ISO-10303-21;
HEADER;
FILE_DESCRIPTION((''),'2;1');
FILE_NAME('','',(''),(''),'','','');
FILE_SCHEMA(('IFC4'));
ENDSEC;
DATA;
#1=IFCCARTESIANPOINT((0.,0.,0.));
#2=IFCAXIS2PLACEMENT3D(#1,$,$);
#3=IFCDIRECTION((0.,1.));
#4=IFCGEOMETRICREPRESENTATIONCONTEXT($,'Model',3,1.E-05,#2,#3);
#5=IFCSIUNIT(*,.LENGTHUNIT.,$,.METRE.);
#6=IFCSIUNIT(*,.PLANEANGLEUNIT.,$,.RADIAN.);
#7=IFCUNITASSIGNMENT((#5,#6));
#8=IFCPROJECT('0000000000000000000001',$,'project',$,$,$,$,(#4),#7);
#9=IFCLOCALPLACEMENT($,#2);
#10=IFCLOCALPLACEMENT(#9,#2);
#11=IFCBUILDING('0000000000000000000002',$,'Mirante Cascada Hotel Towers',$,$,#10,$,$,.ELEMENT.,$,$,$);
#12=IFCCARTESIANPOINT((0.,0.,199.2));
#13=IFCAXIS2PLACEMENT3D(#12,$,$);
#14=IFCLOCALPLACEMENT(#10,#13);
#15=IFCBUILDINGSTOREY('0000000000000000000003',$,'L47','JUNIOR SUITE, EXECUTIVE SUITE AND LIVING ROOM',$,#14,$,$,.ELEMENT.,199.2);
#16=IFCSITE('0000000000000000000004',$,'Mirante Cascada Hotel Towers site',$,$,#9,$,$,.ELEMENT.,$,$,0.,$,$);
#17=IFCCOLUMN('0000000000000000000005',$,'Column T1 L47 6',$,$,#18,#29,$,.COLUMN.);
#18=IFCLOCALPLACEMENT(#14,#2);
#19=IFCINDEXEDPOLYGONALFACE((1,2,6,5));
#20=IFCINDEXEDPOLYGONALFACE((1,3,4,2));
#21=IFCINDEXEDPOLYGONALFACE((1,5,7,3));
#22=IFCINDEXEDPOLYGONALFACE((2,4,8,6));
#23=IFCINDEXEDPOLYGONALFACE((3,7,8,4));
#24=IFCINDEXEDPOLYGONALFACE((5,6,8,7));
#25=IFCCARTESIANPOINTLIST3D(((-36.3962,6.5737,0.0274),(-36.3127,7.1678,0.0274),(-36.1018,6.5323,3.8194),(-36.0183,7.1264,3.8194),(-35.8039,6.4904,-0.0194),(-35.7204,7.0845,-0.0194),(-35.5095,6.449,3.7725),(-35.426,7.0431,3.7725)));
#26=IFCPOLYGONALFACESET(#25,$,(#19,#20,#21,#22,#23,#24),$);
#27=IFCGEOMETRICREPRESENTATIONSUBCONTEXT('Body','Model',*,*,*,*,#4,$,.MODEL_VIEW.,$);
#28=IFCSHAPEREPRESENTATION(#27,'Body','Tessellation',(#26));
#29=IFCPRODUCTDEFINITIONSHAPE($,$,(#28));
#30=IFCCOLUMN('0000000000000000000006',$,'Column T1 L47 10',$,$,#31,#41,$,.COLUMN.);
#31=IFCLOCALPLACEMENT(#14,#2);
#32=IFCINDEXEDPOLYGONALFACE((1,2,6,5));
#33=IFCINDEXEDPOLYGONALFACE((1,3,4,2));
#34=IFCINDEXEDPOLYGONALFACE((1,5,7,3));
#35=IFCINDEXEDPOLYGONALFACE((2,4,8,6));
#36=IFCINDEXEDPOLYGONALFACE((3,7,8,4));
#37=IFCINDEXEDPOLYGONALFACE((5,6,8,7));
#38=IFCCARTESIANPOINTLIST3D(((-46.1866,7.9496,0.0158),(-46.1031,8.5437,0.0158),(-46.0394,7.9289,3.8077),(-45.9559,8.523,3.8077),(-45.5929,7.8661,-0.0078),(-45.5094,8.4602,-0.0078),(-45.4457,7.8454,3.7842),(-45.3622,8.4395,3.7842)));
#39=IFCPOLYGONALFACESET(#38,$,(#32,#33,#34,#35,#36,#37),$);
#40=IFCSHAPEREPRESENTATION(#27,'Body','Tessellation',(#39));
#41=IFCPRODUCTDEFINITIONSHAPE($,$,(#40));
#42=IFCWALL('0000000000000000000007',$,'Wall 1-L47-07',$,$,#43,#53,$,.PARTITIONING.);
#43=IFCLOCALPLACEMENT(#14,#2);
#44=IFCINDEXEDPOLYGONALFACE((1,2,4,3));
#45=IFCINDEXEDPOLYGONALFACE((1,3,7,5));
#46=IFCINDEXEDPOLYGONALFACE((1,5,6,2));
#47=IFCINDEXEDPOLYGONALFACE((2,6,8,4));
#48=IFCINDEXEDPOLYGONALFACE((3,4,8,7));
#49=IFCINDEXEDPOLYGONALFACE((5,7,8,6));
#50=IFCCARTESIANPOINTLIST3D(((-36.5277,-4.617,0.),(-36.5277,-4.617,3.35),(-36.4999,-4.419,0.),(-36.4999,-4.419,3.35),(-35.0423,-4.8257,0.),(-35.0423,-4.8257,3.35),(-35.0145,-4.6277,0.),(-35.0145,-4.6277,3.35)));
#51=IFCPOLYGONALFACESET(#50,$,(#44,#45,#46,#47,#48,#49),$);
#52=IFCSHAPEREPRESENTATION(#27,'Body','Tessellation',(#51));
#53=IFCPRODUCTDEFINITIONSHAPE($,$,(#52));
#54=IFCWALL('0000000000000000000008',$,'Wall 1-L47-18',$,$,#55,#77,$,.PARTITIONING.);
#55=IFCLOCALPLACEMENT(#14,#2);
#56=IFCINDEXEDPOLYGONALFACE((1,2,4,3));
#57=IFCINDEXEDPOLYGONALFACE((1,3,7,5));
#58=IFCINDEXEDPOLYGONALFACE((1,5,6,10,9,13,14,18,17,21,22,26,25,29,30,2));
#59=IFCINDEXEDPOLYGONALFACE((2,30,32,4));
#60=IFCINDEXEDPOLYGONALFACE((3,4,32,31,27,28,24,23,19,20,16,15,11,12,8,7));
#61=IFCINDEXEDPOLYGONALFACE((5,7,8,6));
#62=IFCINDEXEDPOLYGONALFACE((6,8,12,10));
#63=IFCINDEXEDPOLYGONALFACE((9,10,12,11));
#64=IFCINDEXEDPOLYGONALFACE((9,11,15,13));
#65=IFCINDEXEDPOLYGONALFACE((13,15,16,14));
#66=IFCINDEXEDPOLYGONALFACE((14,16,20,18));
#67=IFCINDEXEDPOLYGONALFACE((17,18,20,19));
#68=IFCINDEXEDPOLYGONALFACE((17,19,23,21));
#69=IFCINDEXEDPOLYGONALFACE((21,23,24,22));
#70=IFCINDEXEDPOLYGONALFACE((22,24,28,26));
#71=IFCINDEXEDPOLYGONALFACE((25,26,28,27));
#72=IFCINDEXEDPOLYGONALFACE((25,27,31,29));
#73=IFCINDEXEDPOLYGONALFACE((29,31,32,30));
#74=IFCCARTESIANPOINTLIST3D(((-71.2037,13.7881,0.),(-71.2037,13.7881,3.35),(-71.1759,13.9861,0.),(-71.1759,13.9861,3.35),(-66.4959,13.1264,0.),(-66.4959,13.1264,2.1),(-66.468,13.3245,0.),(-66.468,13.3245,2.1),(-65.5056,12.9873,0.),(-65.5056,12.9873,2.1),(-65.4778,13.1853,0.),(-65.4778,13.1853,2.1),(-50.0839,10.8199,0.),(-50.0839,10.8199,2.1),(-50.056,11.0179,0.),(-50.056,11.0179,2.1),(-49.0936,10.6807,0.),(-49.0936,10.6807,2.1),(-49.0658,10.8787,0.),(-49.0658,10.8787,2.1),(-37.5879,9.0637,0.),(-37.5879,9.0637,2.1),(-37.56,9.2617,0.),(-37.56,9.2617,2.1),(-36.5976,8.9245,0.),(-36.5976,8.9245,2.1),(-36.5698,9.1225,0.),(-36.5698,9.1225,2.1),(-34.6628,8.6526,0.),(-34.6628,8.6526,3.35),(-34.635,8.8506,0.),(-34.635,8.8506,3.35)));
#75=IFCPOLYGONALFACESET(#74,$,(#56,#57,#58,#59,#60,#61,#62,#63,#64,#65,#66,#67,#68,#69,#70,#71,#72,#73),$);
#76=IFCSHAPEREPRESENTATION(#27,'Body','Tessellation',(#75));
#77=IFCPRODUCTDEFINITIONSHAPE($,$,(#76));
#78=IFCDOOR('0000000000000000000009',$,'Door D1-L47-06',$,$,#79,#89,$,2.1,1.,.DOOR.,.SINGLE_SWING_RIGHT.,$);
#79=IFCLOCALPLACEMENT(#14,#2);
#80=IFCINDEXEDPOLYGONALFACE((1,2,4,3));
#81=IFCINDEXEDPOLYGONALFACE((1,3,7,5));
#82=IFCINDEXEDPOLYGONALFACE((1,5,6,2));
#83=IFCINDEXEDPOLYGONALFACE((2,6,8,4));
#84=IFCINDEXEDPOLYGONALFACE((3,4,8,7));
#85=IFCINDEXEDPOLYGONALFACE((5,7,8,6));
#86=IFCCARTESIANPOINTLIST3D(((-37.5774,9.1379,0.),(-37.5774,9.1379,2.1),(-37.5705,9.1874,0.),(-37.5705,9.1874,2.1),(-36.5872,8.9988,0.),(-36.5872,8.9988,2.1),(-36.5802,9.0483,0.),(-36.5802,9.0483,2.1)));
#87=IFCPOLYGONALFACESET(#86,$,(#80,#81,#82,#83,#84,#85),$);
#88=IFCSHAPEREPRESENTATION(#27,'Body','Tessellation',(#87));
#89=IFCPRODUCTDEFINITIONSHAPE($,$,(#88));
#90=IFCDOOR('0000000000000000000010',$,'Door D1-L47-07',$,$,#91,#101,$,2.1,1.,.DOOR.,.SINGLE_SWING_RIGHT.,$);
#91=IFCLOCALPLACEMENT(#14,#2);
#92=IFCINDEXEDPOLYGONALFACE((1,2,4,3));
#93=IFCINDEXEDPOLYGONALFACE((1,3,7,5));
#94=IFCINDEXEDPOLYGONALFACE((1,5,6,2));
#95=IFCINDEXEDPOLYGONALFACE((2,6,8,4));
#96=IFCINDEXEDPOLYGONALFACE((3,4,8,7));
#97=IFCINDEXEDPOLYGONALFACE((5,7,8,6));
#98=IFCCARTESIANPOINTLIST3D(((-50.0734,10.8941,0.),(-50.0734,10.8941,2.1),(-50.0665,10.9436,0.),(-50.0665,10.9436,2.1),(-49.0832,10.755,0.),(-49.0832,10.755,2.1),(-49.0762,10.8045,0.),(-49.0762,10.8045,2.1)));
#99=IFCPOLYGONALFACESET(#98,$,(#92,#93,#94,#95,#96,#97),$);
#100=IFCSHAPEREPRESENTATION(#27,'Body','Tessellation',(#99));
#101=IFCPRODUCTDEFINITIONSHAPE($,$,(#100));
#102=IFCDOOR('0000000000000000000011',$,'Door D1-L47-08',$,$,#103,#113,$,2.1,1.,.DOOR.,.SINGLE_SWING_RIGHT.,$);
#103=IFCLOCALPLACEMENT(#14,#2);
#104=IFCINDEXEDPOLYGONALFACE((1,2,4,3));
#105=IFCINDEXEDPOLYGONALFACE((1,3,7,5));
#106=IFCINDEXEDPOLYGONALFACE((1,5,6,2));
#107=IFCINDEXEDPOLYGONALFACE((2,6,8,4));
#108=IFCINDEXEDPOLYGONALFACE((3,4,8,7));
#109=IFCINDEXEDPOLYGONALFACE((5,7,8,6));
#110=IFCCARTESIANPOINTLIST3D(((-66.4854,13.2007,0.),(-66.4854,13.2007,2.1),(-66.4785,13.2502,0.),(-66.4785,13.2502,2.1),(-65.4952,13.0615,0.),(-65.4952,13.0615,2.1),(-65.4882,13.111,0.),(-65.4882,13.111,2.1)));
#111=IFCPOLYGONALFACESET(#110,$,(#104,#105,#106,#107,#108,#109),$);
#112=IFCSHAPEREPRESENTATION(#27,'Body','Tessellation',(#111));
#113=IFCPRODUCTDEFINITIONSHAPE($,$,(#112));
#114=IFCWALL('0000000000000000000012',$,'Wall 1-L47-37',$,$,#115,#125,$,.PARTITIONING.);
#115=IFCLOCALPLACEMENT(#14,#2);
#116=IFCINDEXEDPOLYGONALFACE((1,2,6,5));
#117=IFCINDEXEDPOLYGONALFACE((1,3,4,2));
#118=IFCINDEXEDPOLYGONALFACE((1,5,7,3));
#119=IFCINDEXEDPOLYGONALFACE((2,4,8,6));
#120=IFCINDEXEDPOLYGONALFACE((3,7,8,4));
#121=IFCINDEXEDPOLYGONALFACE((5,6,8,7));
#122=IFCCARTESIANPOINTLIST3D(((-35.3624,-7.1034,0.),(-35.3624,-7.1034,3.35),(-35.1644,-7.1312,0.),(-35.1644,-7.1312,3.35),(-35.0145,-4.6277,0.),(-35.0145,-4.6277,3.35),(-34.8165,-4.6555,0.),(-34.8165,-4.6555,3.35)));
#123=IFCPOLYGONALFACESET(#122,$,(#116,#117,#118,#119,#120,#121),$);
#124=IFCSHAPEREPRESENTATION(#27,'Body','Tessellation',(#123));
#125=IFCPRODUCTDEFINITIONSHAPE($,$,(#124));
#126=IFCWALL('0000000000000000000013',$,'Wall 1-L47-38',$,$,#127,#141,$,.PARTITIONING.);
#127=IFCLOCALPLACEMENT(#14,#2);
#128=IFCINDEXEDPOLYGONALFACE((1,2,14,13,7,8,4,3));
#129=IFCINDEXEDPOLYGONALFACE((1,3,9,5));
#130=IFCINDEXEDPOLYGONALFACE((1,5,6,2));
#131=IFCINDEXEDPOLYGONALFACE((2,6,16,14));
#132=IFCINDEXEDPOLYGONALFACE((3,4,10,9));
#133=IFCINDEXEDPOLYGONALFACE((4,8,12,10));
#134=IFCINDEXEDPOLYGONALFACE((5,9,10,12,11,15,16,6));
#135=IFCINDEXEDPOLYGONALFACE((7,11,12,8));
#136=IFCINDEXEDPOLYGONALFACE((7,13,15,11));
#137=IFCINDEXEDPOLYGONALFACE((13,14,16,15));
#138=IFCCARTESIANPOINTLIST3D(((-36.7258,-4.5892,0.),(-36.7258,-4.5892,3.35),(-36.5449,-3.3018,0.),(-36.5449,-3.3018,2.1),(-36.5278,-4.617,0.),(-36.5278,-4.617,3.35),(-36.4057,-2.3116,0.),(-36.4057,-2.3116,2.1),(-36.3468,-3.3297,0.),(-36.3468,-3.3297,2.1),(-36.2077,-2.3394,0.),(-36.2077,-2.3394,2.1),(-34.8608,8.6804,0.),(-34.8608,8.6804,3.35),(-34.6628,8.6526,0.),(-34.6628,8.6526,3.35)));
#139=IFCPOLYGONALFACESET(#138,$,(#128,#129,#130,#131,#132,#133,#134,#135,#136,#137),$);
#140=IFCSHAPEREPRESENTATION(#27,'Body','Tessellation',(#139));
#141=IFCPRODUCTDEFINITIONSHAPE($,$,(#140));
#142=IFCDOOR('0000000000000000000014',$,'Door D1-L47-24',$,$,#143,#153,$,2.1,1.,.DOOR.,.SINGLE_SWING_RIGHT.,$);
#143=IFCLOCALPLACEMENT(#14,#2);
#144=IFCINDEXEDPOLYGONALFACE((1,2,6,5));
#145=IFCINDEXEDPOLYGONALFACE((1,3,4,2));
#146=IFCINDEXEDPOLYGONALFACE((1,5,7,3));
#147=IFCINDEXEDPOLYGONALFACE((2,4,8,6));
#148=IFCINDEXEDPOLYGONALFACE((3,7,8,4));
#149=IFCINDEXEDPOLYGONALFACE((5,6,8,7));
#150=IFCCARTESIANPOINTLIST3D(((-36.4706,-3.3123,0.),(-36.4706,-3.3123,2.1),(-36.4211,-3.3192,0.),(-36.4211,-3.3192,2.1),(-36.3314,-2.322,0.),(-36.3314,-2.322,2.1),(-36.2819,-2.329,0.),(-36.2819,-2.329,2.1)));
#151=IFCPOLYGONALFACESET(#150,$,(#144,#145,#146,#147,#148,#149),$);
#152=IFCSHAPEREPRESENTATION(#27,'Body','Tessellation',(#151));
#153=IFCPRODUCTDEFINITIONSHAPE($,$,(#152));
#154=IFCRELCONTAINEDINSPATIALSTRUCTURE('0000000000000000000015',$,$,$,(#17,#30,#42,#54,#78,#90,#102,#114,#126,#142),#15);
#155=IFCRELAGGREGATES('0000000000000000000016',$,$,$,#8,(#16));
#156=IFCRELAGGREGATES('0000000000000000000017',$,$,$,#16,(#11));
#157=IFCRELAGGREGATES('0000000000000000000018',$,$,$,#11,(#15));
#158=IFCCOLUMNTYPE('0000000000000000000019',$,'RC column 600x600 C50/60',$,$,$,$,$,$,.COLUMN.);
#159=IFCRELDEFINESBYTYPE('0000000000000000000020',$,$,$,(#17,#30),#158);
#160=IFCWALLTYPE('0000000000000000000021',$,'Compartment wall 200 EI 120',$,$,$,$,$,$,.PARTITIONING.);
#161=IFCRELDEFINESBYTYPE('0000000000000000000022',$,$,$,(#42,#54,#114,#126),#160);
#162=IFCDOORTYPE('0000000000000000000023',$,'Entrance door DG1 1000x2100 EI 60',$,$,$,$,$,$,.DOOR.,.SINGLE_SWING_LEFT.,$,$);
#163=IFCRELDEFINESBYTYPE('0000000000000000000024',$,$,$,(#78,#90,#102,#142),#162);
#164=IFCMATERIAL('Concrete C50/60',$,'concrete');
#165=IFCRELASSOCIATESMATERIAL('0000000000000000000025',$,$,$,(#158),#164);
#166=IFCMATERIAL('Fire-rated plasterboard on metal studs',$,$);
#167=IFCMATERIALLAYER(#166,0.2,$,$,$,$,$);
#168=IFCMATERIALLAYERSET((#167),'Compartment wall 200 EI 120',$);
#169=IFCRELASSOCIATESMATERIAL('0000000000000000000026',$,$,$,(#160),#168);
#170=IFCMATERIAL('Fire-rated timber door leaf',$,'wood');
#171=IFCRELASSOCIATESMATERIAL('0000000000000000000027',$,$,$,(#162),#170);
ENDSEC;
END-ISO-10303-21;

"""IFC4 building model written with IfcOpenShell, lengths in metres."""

from ifc_helpers import new_model, si_unit, direction, frame, frame_2d, origin, origin_2d, place, context, subcontext, project, spatial, rectangle, extrude, material, layer, layer_set, material_profile, profile_set, type_object, element, fill, save


model = new_model("IFC4")

# Units and contexts
model_context = context("Model", 3, precision=1e-05, world=origin(), true_north=direction((0.0, 1.0)))
body_context = subcontext(model_context, "Body", "Model", "MODEL_VIEW")
ifc_project = project(units=[si_unit("LENGTHUNIT", "METRE"), si_unit("PLANEANGLEUNIT", "RADIAN")], contexts=[model_context])

# Site, building, storey
site_placement = place(None, origin())
site = spatial("IfcSite", under=ifc_project, at=site_placement, Name="Mirante Cascada Hotel Towers site", CompositionType="ELEMENT", RefElevation=0.0)
building_placement = place(site_placement, origin())
building = spatial("IfcBuilding", under=site, at=building_placement, Name="Mirante Cascada Hotel Towers", CompositionType="ELEMENT")
storey_placement = place(building_placement, frame((0.0, 0.0, 199.2)))
storey = spatial("IfcBuildingStorey", under=building, at=storey_placement, Name="L47", Description="JUNIOR SUITE, EXECUTIVE SUITE AND LIVING ROOM", CompositionType="ELEMENT", Elevation=199.2)

# Columns
ifc_material_1 = material(Name="Concrete C50/60", Category="concrete")
ifc_material_profile = material_profile(ifc_material_1, rectangle(XDim=0.6, YDim=0.6, at=origin_2d()), Name="RC column 600x600 C50/60")
ifc_profile_set = profile_set([ifc_material_profile], Name="Concrete C50/60")
column_type = type_object("IfcColumnType", Name="RC column 600x600 C50/60", PredefinedType="COLUMN", material=ifc_profile_set)
column_1_placement = place(storey_placement, frame((-36.0583, 6.8291, 0.004), z_axis=(0.0774, -0.010884, 0.996941), x_axis=(0.139255, 0.990257, 0.0)))
element("IfcColumn", 1, at=column_1_placement, inside=storey, type_object=column_type, Name="Column T1 L47 6", PredefinedType="COLUMN", context=body_context, shape_type="SweptSolid", body=[
    extrude(rectangle(XDim=0.6, YDim=0.6, at=origin_2d()), origin(), (0.0, 0.0, 1.0), 3.8036),
])
column_2_placement = place(storey_placement, frame((-45.848, 8.2049, 0.004), z_axis=(0.038789, -0.005455, 0.999232), x_axis=(0.139255, 0.990257, 0.0)))
element("IfcColumn", 2, at=column_2_placement, inside=storey, type_object=column_type, Name="Column T1 L47 10", PredefinedType="COLUMN", context=body_context, shape_type="SweptSolid", body=[
    extrude(rectangle(XDim=0.6, YDim=0.6, at=origin_2d()), origin(), (0.0, 0.0, 1.0), 3.7949),
])

# Wall
ifc_material_2 = material(Name="Fire-rated plasterboard on metal studs")
ifc_layer_1 = layer(ifc_material_2, 0.2)
ifc_layer_set_1 = layer_set([ifc_layer_1], Name="Compartment wall 200 EI 120")
wall_type_1 = type_object("IfcWallType", Name="Compartment wall 200 EI 120", PredefinedType="PARTITIONING", material=ifc_layer_set_1)
wall_1_placement = place(storey_placement, frame((-36.5138, -4.518, 0.0), z_axis=(0.0, 0.0, 1.0), x_axis=(0.990274, -0.139134, 0.0)))
element("IfcWall", 3, at=wall_1_placement, inside=storey, type_object=wall_type_1, Name="Wall 1-L47-07", PredefinedType="PARTITIONING", context=body_context, shape_type="SweptSolid", body=[
    extrude(rectangle(XDim=1.5, YDim=0.2, at=frame_2d((0.75, 0.0))), origin(), (0.0, 0.0, 1.0), 3.35),
])

# Wall, openings, doors
wall_2_placement = place(storey_placement, frame((-34.6489, 8.7516, 0.0), z_axis=(0.0, 0.0, 1.0), x_axis=(-0.990268, 0.139173, 0.0)))
wall_2 = element("IfcWall", 4, at=wall_2_placement, inside=storey, type_object=wall_type_1, Name="Wall 1-L47-18", PredefinedType="PARTITIONING", context=body_context, shape_type="SweptSolid", body=[
    extrude(rectangle(XDim=36.9, YDim=0.2, at=frame_2d((18.45, 0.0))), origin(), (0.0, 0.0, 1.0), 3.35),
])
opening_1_placement = place(wall_2_placement, frame((1.9538, 0.0, 0.0)))
opening_1 = element("IfcOpeningElement", 5, at=opening_1_placement, cuts=wall_2, PredefinedType="OPENING", context=body_context, shape_type="SweptSolid", body=[
    extrude(rectangle(XDim=1.0, YDim=2.1, at=frame_2d((0.5, 1.05))), frame((0.0, 0.1, 0.0), z_axis=(0.0, -1.0, 0.0), x_axis=(1.0, 0.0, 0.0)), (0.0, 0.0, 1.0), 0.2),
])
opening_2_placement = place(wall_2_placement, frame((14.5726, 0.0, 0.0)))
opening_2 = element("IfcOpeningElement", 6, at=opening_2_placement, cuts=wall_2, PredefinedType="OPENING", context=body_context, shape_type="SweptSolid", body=[
    extrude(rectangle(XDim=1.0, YDim=2.1, at=frame_2d((0.5, 1.05))), frame((0.0, 0.1, 0.0), z_axis=(0.0, -1.0, 0.0), x_axis=(1.0, 0.0, 0.0)), (0.0, 0.0, 1.0), 0.2),
])
opening_3_placement = place(wall_2_placement, frame((31.1459, 0.0, 0.0)))
opening_3 = element("IfcOpeningElement", 7, at=opening_3_placement, cuts=wall_2, PredefinedType="OPENING", context=body_context, shape_type="SweptSolid", body=[
    extrude(rectangle(XDim=1.0, YDim=2.1, at=frame_2d((0.5, 1.05))), frame((0.0, 0.1, 0.0), z_axis=(0.0, -1.0, 0.0), x_axis=(1.0, 0.0, 0.0)), (0.0, 0.0, 1.0), 0.2),
])
ifc_material_3 = material(Name="Fire-rated timber door leaf", Category="wood")
door_type_1 = type_object("IfcDoorType", Name="Entrance door DG1 1000x2100 EI 60", OperationType="SINGLE_SWING_LEFT", PredefinedType="DOOR", material=ifc_material_3)
door_1_placement = place(opening_1_placement, frame((1.0, 0.0, 0.0), z_axis=(0.0, 0.0, 1.0), x_axis=(-1.0, 0.0, 0.0)))
door_1 = element("IfcDoor", 8, at=door_1_placement, inside=storey, type_object=door_type_1, Name="Door D1-L47-06", OperationType="SINGLE_SWING_RIGHT", OverallHeight=2.1, OverallWidth=1.0, PredefinedType="DOOR", context=body_context, shape_type="SweptSolid", body=[
    extrude(rectangle(XDim=1.0, YDim=2.1, at=frame_2d((0.5, 1.05))), frame((0.0, 0.025, 0.0), z_axis=(0.0, -1.0, 0.0), x_axis=(1.0, 0.0, 0.0)), (0.0, 0.0, 1.0), 0.05),
])
fill(opening_1, door_1)
door_2_placement = place(opening_2_placement, frame((1.0, 0.0, 0.0), z_axis=(0.0, 0.0, 1.0), x_axis=(-1.0, 0.0, 0.0)))
door_2 = element("IfcDoor", 9, at=door_2_placement, inside=storey, type_object=door_type_1, Name="Door D1-L47-07", OperationType="SINGLE_SWING_RIGHT", OverallHeight=2.1, OverallWidth=1.0, PredefinedType="DOOR", context=body_context, shape_type="SweptSolid", body=[
    extrude(rectangle(XDim=1.0, YDim=2.1, at=frame_2d((0.5, 1.05))), frame((0.0, 0.025, 0.0), z_axis=(0.0, -1.0, 0.0), x_axis=(1.0, 0.0, 0.0)), (0.0, 0.0, 1.0), 0.05),
])
fill(opening_2, door_2)
door_3_placement = place(opening_3_placement, frame((1.0, 0.0, 0.0), z_axis=(0.0, 0.0, 1.0), x_axis=(-1.0, 0.0, 0.0)))
door_3 = element("IfcDoor", 10, at=door_3_placement, inside=storey, type_object=door_type_1, Name="Door D1-L47-08", OperationType="SINGLE_SWING_RIGHT", OverallHeight=2.1, OverallWidth=1.0, PredefinedType="DOOR", context=body_context, shape_type="SweptSolid", body=[
    extrude(rectangle(XDim=1.0, YDim=2.1, at=frame_2d((0.5, 1.05))), frame((0.0, 0.025, 0.0), z_axis=(0.0, -1.0, 0.0), x_axis=(1.0, 0.0, 0.0)), (0.0, 0.0, 1.0), 0.05),
])
fill(opening_3, door_3)

# Wall
wall_3_placement = place(storey_placement, frame((-34.9155, -4.6416, 0.0), z_axis=(0.0, 0.0, 1.0), x_axis=(-0.139159, -0.99027, 0.0)))
element("IfcWall", 11, at=wall_3_placement, inside=storey, type_object=wall_type_1, Name="Wall 1-L47-37", PredefinedType="PARTITIONING", context=body_context, shape_type="SweptSolid", body=[
    extrude(rectangle(XDim=2.5, YDim=0.2, at=frame_2d((1.25, 0.0))), origin(), (0.0, 0.0, 1.0), 3.35),
])

# Wall, opening, door
wall_4_placement = place(storey_placement, frame((-36.6268, -4.6031, 0.0), z_axis=(0.0, 0.0, 1.0), x_axis=(0.139179, 0.990267, 0.0)))
wall_4 = element("IfcWall", 12, at=wall_4_placement, inside=storey, type_object=wall_type_1, Name="Wall 1-L47-38", PredefinedType="PARTITIONING", context=body_context, shape_type="SweptSolid", body=[
    extrude(rectangle(XDim=13.4, YDim=0.2, at=frame_2d((6.7, 0.0))), origin(), (0.0, 0.0, 1.0), 3.35),
])
opening_4_placement = place(wall_4_placement, frame((1.3, 0.0, 0.0)))
opening_4 = element("IfcOpeningElement", 13, at=opening_4_placement, cuts=wall_4, PredefinedType="OPENING", context=body_context, shape_type="SweptSolid", body=[
    extrude(rectangle(XDim=1.0, YDim=2.1, at=frame_2d((0.5, 1.05))), frame((0.0, 0.1, 0.0), z_axis=(0.0, -1.0, 0.0), x_axis=(1.0, 0.0, 0.0)), (0.0, 0.0, 1.0), 0.2),
])
door_4_placement = place(opening_4_placement, frame((1.0, 0.0, 0.0), z_axis=(0.0, 0.0, 1.0), x_axis=(-1.0, 0.0, 0.0)))
door_4 = element("IfcDoor", 14, at=door_4_placement, inside=storey, type_object=door_type_1, Name="Door D1-L47-24", OperationType="SINGLE_SWING_RIGHT", OverallHeight=2.1, OverallWidth=1.0, PredefinedType="DOOR", context=body_context, shape_type="SweptSolid", body=[
    extrude(rectangle(XDim=1.0, YDim=2.1, at=frame_2d((0.5, 1.05))), frame((0.0, 0.025, 0.0), z_axis=(0.0, -1.0, 0.0), x_axis=(1.0, 0.0, 0.0)), (0.0, 0.0, 1.0), 0.05),
])
fill(opening_4, door_4)

save(model, "model.ifc")
